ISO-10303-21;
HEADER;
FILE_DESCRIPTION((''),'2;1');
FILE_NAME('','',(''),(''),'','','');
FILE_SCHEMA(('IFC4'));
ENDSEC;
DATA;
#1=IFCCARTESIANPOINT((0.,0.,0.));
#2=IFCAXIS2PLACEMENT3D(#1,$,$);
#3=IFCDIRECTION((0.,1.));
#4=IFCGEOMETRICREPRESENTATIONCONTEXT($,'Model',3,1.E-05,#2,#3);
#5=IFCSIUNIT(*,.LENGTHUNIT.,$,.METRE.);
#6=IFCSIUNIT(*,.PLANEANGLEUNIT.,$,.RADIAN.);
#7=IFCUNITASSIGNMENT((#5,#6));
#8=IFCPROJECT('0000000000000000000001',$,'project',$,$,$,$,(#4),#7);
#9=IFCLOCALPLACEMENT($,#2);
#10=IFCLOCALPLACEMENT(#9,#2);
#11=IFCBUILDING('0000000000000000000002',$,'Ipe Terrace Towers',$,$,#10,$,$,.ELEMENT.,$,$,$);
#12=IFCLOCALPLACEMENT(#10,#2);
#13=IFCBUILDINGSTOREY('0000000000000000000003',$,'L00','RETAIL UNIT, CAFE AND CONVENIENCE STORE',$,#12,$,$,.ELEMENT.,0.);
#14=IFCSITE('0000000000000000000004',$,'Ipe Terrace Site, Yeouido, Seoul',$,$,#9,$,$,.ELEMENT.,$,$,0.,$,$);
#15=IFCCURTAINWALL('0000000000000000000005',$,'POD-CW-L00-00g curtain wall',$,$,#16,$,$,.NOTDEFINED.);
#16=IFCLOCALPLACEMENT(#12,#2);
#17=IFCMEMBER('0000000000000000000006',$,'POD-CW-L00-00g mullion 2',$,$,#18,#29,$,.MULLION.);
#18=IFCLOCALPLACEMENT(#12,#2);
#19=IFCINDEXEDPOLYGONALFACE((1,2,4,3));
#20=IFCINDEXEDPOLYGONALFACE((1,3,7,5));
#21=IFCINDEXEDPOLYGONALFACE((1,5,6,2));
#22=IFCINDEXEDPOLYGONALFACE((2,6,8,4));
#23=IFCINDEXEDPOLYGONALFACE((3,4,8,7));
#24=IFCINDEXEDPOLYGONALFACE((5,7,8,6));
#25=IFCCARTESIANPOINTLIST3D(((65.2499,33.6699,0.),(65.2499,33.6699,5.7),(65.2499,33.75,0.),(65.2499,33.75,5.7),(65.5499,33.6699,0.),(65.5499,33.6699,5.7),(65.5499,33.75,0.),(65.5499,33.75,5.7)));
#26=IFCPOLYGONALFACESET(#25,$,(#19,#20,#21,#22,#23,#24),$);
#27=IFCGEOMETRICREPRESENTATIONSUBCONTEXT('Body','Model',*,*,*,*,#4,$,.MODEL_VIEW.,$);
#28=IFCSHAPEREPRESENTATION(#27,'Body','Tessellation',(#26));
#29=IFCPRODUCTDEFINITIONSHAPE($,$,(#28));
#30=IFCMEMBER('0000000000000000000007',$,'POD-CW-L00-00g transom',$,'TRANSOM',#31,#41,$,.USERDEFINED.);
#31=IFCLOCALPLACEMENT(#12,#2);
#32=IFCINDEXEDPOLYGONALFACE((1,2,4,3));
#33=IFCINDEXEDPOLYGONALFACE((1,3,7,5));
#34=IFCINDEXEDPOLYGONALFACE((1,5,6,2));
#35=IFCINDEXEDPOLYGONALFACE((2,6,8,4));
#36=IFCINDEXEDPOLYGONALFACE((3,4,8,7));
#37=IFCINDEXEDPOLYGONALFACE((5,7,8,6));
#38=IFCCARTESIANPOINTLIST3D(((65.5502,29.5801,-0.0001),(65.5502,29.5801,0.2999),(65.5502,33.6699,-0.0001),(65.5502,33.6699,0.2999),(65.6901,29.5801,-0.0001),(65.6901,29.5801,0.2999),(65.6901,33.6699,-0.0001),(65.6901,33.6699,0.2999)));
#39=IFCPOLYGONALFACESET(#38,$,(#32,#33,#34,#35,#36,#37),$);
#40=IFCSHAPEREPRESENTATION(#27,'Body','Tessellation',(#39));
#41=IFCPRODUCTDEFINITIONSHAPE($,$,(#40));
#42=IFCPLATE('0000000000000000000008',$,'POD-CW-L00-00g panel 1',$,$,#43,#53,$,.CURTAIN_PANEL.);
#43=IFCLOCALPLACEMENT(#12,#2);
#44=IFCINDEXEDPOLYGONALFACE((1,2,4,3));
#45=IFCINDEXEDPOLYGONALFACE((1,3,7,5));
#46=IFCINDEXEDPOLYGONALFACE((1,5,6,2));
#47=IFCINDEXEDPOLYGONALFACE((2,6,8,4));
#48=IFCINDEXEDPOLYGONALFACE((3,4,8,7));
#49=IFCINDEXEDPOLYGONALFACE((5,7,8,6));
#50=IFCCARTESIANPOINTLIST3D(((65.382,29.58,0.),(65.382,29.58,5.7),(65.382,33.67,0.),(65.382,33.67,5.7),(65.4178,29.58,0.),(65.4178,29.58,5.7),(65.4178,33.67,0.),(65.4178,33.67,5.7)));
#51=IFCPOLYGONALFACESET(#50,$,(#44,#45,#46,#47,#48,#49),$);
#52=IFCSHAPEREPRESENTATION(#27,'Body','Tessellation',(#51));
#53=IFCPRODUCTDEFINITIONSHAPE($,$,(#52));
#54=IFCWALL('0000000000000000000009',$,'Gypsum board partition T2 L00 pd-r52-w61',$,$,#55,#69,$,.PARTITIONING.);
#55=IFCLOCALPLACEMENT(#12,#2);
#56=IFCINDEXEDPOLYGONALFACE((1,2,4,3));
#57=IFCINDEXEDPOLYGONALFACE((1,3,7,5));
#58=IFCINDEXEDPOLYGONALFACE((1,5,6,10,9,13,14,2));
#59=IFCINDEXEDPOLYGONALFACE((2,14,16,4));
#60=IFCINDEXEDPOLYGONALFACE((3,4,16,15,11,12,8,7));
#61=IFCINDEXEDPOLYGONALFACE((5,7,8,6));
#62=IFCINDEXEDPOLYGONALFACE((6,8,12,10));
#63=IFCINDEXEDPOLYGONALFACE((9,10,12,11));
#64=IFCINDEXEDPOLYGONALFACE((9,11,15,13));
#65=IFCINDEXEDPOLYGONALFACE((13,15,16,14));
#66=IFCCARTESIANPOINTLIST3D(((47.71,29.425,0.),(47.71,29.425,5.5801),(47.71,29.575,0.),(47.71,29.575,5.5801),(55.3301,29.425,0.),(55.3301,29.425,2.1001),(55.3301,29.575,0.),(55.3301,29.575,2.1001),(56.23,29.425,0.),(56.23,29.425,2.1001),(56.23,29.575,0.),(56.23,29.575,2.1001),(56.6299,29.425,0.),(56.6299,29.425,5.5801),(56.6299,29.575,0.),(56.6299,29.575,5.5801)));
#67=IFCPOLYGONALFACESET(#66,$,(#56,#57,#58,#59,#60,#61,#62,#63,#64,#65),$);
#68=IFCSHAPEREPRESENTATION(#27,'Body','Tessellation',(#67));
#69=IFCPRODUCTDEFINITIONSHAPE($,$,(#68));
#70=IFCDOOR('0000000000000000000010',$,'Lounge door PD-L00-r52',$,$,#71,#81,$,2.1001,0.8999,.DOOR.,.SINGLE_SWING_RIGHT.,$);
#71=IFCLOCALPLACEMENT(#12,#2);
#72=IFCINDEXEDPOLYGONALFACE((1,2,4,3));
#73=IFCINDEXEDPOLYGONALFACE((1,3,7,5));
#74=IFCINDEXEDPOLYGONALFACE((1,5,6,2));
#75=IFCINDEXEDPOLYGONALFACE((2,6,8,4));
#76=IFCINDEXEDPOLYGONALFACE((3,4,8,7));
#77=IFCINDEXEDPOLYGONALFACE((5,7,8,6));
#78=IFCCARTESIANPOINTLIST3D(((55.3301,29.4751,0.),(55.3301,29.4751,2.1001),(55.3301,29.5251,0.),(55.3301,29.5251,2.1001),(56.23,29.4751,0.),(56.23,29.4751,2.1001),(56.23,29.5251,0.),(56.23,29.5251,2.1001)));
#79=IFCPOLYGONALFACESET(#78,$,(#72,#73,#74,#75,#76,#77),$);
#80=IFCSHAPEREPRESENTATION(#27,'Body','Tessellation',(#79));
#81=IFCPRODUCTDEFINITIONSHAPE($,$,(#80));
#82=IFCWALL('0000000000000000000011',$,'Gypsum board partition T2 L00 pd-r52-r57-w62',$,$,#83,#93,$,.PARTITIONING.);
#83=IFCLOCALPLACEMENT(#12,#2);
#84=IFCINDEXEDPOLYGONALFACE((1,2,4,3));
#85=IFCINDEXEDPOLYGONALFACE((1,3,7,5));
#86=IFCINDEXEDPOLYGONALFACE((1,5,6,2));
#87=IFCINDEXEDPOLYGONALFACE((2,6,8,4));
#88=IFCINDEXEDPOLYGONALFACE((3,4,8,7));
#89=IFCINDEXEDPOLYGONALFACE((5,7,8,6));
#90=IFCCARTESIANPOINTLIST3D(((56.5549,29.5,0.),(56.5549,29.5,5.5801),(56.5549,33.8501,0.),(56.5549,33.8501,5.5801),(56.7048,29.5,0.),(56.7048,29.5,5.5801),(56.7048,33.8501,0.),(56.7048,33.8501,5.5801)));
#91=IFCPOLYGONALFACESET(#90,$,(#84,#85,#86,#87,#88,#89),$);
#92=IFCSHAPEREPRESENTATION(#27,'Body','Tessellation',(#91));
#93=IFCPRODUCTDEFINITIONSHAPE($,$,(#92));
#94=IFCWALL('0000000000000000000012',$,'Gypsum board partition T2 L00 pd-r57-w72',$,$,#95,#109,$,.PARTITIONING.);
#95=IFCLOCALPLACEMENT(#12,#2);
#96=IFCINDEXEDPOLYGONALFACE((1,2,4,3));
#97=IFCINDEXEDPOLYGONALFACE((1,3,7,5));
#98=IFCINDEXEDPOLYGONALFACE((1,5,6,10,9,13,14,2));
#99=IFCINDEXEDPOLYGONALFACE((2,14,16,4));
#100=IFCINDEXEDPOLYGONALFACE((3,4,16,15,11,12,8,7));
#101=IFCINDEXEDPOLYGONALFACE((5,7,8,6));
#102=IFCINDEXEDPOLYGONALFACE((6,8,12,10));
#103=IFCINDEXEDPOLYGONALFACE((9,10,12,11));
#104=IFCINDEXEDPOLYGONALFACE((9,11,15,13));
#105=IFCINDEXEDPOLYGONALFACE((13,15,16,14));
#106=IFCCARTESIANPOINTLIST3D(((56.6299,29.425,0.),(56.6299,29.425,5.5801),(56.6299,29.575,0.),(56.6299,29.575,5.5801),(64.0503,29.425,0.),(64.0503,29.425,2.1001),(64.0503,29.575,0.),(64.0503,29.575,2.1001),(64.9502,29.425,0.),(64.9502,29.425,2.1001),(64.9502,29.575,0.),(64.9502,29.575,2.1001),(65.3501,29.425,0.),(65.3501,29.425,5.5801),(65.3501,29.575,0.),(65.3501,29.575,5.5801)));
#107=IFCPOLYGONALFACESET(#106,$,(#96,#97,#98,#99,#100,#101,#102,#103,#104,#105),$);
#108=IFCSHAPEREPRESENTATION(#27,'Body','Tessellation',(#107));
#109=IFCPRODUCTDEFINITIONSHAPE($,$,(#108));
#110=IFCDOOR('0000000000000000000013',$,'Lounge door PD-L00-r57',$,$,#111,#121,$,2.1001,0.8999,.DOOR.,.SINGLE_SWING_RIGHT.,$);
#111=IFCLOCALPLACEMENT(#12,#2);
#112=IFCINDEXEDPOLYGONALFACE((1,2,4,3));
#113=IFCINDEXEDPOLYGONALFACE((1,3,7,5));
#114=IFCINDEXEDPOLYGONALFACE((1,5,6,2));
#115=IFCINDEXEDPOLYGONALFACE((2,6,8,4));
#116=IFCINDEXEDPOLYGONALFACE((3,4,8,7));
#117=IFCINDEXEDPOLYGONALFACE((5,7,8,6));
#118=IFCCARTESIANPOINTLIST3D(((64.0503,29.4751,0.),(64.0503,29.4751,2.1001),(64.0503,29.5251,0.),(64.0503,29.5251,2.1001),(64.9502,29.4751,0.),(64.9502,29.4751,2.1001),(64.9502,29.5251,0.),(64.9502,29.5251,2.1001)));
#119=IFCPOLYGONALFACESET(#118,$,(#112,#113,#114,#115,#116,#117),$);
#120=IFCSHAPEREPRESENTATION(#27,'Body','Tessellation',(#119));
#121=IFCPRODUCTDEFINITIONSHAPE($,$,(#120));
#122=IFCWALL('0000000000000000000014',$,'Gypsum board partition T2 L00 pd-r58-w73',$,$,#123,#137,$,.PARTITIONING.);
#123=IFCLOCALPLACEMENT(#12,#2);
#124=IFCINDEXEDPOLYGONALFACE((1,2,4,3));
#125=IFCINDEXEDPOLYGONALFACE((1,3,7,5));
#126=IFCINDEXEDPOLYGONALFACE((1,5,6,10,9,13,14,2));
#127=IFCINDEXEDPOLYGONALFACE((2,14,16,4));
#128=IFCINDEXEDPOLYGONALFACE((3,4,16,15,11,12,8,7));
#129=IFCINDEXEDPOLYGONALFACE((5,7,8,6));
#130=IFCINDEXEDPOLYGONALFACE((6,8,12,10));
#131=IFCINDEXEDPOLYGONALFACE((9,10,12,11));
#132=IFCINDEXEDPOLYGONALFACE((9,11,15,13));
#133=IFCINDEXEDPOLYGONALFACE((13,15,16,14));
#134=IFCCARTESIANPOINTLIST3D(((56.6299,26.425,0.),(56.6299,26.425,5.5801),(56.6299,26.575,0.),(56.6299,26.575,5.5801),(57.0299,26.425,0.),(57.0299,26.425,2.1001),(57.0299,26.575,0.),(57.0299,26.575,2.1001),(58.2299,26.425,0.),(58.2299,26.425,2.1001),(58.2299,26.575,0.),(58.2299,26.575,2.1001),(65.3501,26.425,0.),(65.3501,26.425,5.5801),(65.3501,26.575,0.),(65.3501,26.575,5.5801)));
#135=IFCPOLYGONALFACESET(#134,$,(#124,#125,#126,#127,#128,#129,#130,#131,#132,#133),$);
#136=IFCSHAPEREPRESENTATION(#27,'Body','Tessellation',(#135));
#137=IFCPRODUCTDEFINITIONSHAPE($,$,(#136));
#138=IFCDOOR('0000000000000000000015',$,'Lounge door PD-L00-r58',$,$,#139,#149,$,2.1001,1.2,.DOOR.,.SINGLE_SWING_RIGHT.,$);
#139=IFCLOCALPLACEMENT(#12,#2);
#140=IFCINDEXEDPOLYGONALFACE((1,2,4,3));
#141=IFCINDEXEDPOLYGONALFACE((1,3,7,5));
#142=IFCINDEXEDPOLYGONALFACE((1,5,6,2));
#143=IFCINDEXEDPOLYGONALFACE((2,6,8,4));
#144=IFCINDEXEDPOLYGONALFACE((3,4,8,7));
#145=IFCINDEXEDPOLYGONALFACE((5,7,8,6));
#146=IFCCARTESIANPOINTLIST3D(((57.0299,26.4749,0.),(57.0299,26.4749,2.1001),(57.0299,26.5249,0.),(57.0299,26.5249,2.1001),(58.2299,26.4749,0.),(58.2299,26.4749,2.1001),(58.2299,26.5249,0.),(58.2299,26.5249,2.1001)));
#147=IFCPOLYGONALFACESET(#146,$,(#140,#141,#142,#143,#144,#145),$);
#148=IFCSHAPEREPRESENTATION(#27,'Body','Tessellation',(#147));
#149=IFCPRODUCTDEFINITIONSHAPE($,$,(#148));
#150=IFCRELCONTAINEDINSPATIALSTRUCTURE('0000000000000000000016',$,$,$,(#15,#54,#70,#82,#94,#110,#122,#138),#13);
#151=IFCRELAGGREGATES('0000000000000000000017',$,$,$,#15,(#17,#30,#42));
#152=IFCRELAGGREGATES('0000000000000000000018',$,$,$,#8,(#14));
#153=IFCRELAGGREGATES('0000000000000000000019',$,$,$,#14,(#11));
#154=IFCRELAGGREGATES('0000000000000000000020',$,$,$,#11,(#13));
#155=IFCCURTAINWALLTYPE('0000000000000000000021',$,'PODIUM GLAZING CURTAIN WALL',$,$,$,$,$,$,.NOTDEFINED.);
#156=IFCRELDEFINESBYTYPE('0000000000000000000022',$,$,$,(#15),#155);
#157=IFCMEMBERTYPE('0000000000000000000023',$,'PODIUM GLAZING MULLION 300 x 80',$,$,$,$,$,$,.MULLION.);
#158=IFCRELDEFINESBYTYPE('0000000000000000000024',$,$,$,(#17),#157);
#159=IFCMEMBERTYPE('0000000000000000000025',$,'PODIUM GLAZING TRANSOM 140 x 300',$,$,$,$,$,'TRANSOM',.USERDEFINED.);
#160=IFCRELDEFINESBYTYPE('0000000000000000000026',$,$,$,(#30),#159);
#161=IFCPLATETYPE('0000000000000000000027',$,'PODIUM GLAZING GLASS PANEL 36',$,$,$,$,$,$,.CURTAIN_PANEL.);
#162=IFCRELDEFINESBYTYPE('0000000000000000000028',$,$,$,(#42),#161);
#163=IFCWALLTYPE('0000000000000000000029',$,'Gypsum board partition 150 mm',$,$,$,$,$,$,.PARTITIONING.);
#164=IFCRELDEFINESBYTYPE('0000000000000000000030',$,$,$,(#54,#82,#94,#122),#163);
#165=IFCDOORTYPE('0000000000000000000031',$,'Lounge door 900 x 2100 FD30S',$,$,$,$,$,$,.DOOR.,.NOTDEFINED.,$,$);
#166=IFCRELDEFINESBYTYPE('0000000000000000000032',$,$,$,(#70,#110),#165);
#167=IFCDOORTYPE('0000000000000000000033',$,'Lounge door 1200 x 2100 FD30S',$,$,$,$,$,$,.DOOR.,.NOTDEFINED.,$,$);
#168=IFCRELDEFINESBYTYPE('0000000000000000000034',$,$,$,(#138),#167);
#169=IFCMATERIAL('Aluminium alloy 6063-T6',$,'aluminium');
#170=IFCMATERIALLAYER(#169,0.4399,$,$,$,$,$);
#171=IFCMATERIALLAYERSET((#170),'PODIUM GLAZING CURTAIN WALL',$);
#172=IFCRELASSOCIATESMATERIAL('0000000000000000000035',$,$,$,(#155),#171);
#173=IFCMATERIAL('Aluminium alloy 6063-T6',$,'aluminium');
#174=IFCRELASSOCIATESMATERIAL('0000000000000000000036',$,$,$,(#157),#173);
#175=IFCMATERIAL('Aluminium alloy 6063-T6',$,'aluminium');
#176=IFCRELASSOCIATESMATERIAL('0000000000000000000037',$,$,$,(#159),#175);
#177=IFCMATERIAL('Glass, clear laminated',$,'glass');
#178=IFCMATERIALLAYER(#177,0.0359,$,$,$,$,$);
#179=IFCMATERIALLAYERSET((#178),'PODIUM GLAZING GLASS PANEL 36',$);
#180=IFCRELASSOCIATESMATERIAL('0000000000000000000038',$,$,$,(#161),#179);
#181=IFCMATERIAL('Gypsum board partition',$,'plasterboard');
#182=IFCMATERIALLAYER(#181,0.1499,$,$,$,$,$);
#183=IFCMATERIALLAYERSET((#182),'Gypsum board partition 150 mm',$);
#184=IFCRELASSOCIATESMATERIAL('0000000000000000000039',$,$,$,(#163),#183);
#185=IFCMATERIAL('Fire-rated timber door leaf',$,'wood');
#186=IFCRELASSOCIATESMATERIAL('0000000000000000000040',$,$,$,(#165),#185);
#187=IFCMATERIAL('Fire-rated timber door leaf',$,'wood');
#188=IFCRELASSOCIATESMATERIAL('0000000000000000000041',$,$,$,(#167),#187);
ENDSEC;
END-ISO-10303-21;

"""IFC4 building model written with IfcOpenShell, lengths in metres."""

from ifc_helpers import new_model, si_unit, direction, frame, frame_2d, origin, origin_2d, place, context, subcontext, project, spatial, rectangle, extrude, material, layer, layer_set, material_profile, profile_set, type_object, element, fill, aggregate, save


model = new_model("IFC4")

# Units and contexts
model_context = context("Model", 3, precision=1e-05, world=origin(), true_north=direction((0.0, 1.0)))
body_context = subcontext(model_context, "Body", "Model", "MODEL_VIEW")
ifc_project = project(units=[si_unit("LENGTHUNIT", "METRE"), si_unit("PLANEANGLEUNIT", "RADIAN")], contexts=[model_context])

# Site, building, storey
site_placement = place(None, origin())
site = spatial("IfcSite", under=ifc_project, at=site_placement, Name="Ipe Terrace Site, Yeouido, Seoul", CompositionType="ELEMENT", RefElevation=0.0)
building_placement = place(site_placement, origin())
building = spatial("IfcBuilding", under=site, at=building_placement, Name="Ipe Terrace Towers", CompositionType="ELEMENT")
storey_placement = place(building_placement, origin())
storey = spatial("IfcBuildingStorey", under=building, at=storey_placement, Name="L00", Description="RETAIL UNIT, CAFE AND CONVENIENCE STORE", CompositionType="ELEMENT", Elevation=0.0)

# Curtain wall, members, plate
ifc_material_1 = material(Name="Aluminium alloy 6063-T6", Category="aluminium")
ifc_layer_1 = layer(ifc_material_1, 0.4399)
ifc_layer_set_1 = layer_set([ifc_layer_1], Name="PODIUM GLAZING CURTAIN WALL")
curtain_wall_type = type_object("IfcCurtainWallType", Name="PODIUM GLAZING CURTAIN WALL", PredefinedType="NOTDEFINED", material=ifc_layer_set_1)
curtain_wall_placement = place(storey_placement, origin())
curtain_wall = element("IfcCurtainWall", 1, at=curtain_wall_placement, inside=storey, type_object=curtain_wall_type, Name="POD-CW-L00-00g curtain wall", PredefinedType="NOTDEFINED")
ifc_material_2 = material(Name="Aluminium alloy 6063-T6", Category="aluminium")
ifc_material_profile_1 = material_profile(ifc_material_2, rectangle(XDim=0.3, YDim=0.0801, at=origin_2d()), Name="PODIUM GLAZING MULLION 300 x 80")
ifc_profile_set_1 = profile_set([ifc_material_profile_1], Name="Aluminium alloy 6063-T6")
member_type_1 = type_object("IfcMemberType", Name="PODIUM GLAZING MULLION 300 x 80", PredefinedType="MULLION", material=ifc_profile_set_1)
member_1_placement = place(storey_placement, frame((65.3999, 33.71, 0.0), z_axis=(0.0, 0.0, 1.0), x_axis=(1.0, 0.0, 0.0)))
member_1 = element("IfcMember", 2, at=member_1_placement, type_object=member_type_1, Name="POD-CW-L00-00g mullion 2", PredefinedType="MULLION", context=body_context, shape_type="SweptSolid", body=[
    extrude(rectangle(XDim=0.3, YDim=0.0801, at=origin_2d()), origin(), (0.0, 0.0, 1.0), 5.7),
])
ifc_material_3 = material(Name="Aluminium alloy 6063-T6", Category="aluminium")
ifc_material_profile_2 = material_profile(ifc_material_3, rectangle(XDim=0.1399, YDim=0.3, at=origin_2d()), Name="PODIUM GLAZING TRANSOM 140 x 300")
ifc_profile_set_2 = profile_set([ifc_material_profile_2], Name="Aluminium alloy 6063-T6")
member_type_2 = type_object("IfcMemberType", Name="PODIUM GLAZING TRANSOM 140 x 300", ElementType="TRANSOM", PredefinedType="USERDEFINED", material=ifc_profile_set_2)
member_2_placement = place(storey_placement, frame((65.6201, 29.5801, 0.1499), z_axis=(0.0, 1.0, 0.0), x_axis=(1.0, 0.0, 0.0)))
member_2 = element("IfcMember", 3, at=member_2_placement, type_object=member_type_2, Name="POD-CW-L00-00g transom", ObjectType="TRANSOM", PredefinedType="USERDEFINED", context=body_context, shape_type="SweptSolid", body=[
    extrude(rectangle(XDim=0.1399, YDim=0.3, at=origin_2d()), origin(), (0.0, 0.0, 1.0), 4.0898),
])
ifc_material_4 = material(Name="Glass, clear laminated", Category="glass")
ifc_layer_2 = layer(ifc_material_4, 0.0359)
ifc_layer_set_2 = layer_set([ifc_layer_2], Name="PODIUM GLAZING GLASS PANEL 36")
plate_type = type_object("IfcPlateType", Name="PODIUM GLAZING GLASS PANEL 36", PredefinedType="CURTAIN_PANEL", material=ifc_layer_set_2)
plate_placement = place(storey_placement, frame((65.3999, 31.625, 0.0), z_axis=(0.0, 0.0, 1.0), x_axis=(0.0, 1.0, 0.0)))
plate = element("IfcPlate", 4, at=plate_placement, type_object=plate_type, Name="POD-CW-L00-00g panel 1", PredefinedType="CURTAIN_PANEL", context=body_context, shape_type="SweptSolid", body=[
    extrude(rectangle(XDim=4.0901, YDim=0.0359, at=origin_2d()), origin(), (0.0, 0.0, 1.0), 5.7),
])
aggregate(curtain_wall, [member_1, member_2, plate])

# Wall, opening, door
ifc_material_5 = material(Name="Gypsum board partition", Category="plasterboard")
ifc_layer_3 = layer(ifc_material_5, 0.1499)
ifc_layer_set_3 = layer_set([ifc_layer_3], Name="Gypsum board partition 150 mm")
wall_type_1 = type_object("IfcWallType", Name="Gypsum board partition 150 mm", PredefinedType="PARTITIONING", material=ifc_layer_set_3)
wall_1_placement = place(storey_placement, frame((56.6299, 29.5, 0.0), z_axis=(0.0, 0.0, 1.0), x_axis=(-1.0, 0.0, 0.0)))
wall_1 = element("IfcWall", 5, at=wall_1_placement, inside=storey, type_object=wall_type_1, Name="Gypsum board partition T2 L00 pd-r52-w61", PredefinedType="PARTITIONING", context=body_context, shape_type="SweptSolid", body=[
    extrude(rectangle(XDim=8.9199, YDim=0.1499, at=frame_2d((4.46, 0.0))), origin(), (0.0, 0.0, 1.0), 5.5801),
])
opening_1_placement = place(wall_1_placement, frame((0.3999, 0.0, 0.0)))
opening_1 = element("IfcOpeningElement", 6, at=opening_1_placement, cuts=wall_1, PredefinedType="OPENING", context=body_context, shape_type="SweptSolid", body=[
    extrude(rectangle(XDim=0.8999, YDim=2.1001, at=frame_2d((0.45, 1.05))), frame((0.0, 0.085, 0.0), z_axis=(0.0, -1.0, 0.0), x_axis=(1.0, 0.0, 0.0)), (0.0, 0.0, 1.0), 0.1699),
])
ifc_material_6 = material(Name="Fire-rated timber door leaf", Category="wood")
door_type_1 = type_object("IfcDoorType", Name="Lounge door 900 x 2100 FD30S", OperationType="NOTDEFINED", PredefinedType="DOOR", material=ifc_material_6)
door_1_placement = place(opening_1_placement, origin())
door_1 = element("IfcDoor", 7, at=door_1_placement, inside=storey, type_object=door_type_1, Name="Lounge door PD-L00-r52", OperationType="SINGLE_SWING_RIGHT", OverallHeight=2.1001, OverallWidth=0.8999, PredefinedType="DOOR", context=body_context, shape_type="SweptSolid", body=[
    extrude(rectangle(XDim=0.8999, YDim=2.1001, at=frame_2d((0.45, 1.05))), frame((0.0, 0.0249, 0.0), z_axis=(0.0, -1.0, 0.0), x_axis=(1.0, 0.0, 0.0)), (0.0, 0.0, 1.0), 0.05),
])
fill(opening_1, door_1)

# Wall
wall_2_placement = place(storey_placement, frame((56.6299, 33.8501, 0.0), z_axis=(0.0, 0.0, 1.0), x_axis=(0.0, -1.0, 0.0)))
element("IfcWall", 8, at=wall_2_placement, inside=storey, type_object=wall_type_1, Name="Gypsum board partition T2 L00 pd-r52-r57-w62", PredefinedType="PARTITIONING", context=body_context, shape_type="SweptSolid", body=[
    extrude(rectangle(XDim=4.3501, YDim=0.1499, at=frame_2d((2.175, 0.0))), origin(), (0.0, 0.0, 1.0), 5.5801),
])

# Walls, openings, doors
wall_3_placement = place(storey_placement, frame((65.3501, 29.5, 0.0), z_axis=(0.0, 0.0, 1.0), x_axis=(-1.0, 0.0, 0.0)))
wall_3 = element("IfcWall", 9, at=wall_3_placement, inside=storey, type_object=wall_type_1, Name="Gypsum board partition T2 L00 pd-r57-w72", PredefinedType="PARTITIONING", context=body_context, shape_type="SweptSolid", body=[
    extrude(rectangle(XDim=8.7202, YDim=0.1499, at=frame_2d((4.3601, 0.0))), origin(), (0.0, 0.0, 1.0), 5.5801),
])
opening_2_placement = place(wall_3_placement, frame((0.3999, 0.0, 0.0)))
opening_2 = element("IfcOpeningElement", 10, at=opening_2_placement, cuts=wall_3, PredefinedType="OPENING", context=body_context, shape_type="SweptSolid", body=[
    extrude(rectangle(XDim=0.8999, YDim=2.1001, at=frame_2d((0.45, 1.05))), frame((0.0, 0.085, 0.0), z_axis=(0.0, -1.0, 0.0), x_axis=(1.0, 0.0, 0.0)), (0.0, 0.0, 1.0), 0.1699),
])
door_2_placement = place(opening_2_placement, origin())
door_2 = element("IfcDoor", 11, at=door_2_placement, inside=storey, type_object=door_type_1, Name="Lounge door PD-L00-r57", OperationType="SINGLE_SWING_RIGHT", OverallHeight=2.1001, OverallWidth=0.8999, PredefinedType="DOOR", context=body_context, shape_type="SweptSolid", body=[
    extrude(rectangle(XDim=0.8999, YDim=2.1001, at=frame_2d((0.45, 1.05))), frame((0.0, 0.0249, 0.0), z_axis=(0.0, -1.0, 0.0), x_axis=(1.0, 0.0, 0.0)), (0.0, 0.0, 1.0), 0.05),
])
fill(opening_2, door_2)
wall_4_placement = place(storey_placement, frame((56.6299, 26.5, 0.0), z_axis=(0.0, 0.0, 1.0), x_axis=(1.0, 0.0, 0.0)))
wall_4 = element("IfcWall", 12, at=wall_4_placement, inside=storey, type_object=wall_type_1, Name="Gypsum board partition T2 L00 pd-r58-w73", PredefinedType="PARTITIONING", context=body_context, shape_type="SweptSolid", body=[
    extrude(rectangle(XDim=8.7202, YDim=0.1499, at=frame_2d((4.3601, 0.0))), origin(), (0.0, 0.0, 1.0), 5.5801),
])
opening_3_placement = place(wall_4_placement, frame((0.3999, 0.0, 0.0)))
opening_3 = element("IfcOpeningElement", 13, at=opening_3_placement, cuts=wall_4, PredefinedType="OPENING", context=body_context, shape_type="SweptSolid", body=[
    extrude(rectangle(XDim=1.2, YDim=2.1001, at=frame_2d((0.6001, 1.05))), frame((0.0, 0.085, 0.0), z_axis=(0.0, -1.0, 0.0), x_axis=(1.0, 0.0, 0.0)), (0.0, 0.0, 1.0), 0.1699),
])
ifc_material_7 = material(Name="Fire-rated timber door leaf", Category="wood")
door_type_2 = type_object("IfcDoorType", Name="Lounge door 1200 x 2100 FD30S", OperationType="NOTDEFINED", PredefinedType="DOOR", material=ifc_material_7)
door_3_placement = place(opening_3_placement, origin())
door_3 = element("IfcDoor", 14, at=door_3_placement, inside=storey, type_object=door_type_2, Name="Lounge door PD-L00-r58", OperationType="SINGLE_SWING_RIGHT", OverallHeight=2.1001, OverallWidth=1.2, PredefinedType="DOOR", context=body_context, shape_type="SweptSolid", body=[
    extrude(rectangle(XDim=1.2, YDim=2.1001, at=frame_2d((0.6001, 1.05))), frame((0.0, 0.0249, 0.0), z_axis=(0.0, -1.0, 0.0), x_axis=(1.0, 0.0, 0.0)), (0.0, 0.0, 1.0), 0.05),
])
fill(opening_3, door_3)

save(model, "model.ifc")
